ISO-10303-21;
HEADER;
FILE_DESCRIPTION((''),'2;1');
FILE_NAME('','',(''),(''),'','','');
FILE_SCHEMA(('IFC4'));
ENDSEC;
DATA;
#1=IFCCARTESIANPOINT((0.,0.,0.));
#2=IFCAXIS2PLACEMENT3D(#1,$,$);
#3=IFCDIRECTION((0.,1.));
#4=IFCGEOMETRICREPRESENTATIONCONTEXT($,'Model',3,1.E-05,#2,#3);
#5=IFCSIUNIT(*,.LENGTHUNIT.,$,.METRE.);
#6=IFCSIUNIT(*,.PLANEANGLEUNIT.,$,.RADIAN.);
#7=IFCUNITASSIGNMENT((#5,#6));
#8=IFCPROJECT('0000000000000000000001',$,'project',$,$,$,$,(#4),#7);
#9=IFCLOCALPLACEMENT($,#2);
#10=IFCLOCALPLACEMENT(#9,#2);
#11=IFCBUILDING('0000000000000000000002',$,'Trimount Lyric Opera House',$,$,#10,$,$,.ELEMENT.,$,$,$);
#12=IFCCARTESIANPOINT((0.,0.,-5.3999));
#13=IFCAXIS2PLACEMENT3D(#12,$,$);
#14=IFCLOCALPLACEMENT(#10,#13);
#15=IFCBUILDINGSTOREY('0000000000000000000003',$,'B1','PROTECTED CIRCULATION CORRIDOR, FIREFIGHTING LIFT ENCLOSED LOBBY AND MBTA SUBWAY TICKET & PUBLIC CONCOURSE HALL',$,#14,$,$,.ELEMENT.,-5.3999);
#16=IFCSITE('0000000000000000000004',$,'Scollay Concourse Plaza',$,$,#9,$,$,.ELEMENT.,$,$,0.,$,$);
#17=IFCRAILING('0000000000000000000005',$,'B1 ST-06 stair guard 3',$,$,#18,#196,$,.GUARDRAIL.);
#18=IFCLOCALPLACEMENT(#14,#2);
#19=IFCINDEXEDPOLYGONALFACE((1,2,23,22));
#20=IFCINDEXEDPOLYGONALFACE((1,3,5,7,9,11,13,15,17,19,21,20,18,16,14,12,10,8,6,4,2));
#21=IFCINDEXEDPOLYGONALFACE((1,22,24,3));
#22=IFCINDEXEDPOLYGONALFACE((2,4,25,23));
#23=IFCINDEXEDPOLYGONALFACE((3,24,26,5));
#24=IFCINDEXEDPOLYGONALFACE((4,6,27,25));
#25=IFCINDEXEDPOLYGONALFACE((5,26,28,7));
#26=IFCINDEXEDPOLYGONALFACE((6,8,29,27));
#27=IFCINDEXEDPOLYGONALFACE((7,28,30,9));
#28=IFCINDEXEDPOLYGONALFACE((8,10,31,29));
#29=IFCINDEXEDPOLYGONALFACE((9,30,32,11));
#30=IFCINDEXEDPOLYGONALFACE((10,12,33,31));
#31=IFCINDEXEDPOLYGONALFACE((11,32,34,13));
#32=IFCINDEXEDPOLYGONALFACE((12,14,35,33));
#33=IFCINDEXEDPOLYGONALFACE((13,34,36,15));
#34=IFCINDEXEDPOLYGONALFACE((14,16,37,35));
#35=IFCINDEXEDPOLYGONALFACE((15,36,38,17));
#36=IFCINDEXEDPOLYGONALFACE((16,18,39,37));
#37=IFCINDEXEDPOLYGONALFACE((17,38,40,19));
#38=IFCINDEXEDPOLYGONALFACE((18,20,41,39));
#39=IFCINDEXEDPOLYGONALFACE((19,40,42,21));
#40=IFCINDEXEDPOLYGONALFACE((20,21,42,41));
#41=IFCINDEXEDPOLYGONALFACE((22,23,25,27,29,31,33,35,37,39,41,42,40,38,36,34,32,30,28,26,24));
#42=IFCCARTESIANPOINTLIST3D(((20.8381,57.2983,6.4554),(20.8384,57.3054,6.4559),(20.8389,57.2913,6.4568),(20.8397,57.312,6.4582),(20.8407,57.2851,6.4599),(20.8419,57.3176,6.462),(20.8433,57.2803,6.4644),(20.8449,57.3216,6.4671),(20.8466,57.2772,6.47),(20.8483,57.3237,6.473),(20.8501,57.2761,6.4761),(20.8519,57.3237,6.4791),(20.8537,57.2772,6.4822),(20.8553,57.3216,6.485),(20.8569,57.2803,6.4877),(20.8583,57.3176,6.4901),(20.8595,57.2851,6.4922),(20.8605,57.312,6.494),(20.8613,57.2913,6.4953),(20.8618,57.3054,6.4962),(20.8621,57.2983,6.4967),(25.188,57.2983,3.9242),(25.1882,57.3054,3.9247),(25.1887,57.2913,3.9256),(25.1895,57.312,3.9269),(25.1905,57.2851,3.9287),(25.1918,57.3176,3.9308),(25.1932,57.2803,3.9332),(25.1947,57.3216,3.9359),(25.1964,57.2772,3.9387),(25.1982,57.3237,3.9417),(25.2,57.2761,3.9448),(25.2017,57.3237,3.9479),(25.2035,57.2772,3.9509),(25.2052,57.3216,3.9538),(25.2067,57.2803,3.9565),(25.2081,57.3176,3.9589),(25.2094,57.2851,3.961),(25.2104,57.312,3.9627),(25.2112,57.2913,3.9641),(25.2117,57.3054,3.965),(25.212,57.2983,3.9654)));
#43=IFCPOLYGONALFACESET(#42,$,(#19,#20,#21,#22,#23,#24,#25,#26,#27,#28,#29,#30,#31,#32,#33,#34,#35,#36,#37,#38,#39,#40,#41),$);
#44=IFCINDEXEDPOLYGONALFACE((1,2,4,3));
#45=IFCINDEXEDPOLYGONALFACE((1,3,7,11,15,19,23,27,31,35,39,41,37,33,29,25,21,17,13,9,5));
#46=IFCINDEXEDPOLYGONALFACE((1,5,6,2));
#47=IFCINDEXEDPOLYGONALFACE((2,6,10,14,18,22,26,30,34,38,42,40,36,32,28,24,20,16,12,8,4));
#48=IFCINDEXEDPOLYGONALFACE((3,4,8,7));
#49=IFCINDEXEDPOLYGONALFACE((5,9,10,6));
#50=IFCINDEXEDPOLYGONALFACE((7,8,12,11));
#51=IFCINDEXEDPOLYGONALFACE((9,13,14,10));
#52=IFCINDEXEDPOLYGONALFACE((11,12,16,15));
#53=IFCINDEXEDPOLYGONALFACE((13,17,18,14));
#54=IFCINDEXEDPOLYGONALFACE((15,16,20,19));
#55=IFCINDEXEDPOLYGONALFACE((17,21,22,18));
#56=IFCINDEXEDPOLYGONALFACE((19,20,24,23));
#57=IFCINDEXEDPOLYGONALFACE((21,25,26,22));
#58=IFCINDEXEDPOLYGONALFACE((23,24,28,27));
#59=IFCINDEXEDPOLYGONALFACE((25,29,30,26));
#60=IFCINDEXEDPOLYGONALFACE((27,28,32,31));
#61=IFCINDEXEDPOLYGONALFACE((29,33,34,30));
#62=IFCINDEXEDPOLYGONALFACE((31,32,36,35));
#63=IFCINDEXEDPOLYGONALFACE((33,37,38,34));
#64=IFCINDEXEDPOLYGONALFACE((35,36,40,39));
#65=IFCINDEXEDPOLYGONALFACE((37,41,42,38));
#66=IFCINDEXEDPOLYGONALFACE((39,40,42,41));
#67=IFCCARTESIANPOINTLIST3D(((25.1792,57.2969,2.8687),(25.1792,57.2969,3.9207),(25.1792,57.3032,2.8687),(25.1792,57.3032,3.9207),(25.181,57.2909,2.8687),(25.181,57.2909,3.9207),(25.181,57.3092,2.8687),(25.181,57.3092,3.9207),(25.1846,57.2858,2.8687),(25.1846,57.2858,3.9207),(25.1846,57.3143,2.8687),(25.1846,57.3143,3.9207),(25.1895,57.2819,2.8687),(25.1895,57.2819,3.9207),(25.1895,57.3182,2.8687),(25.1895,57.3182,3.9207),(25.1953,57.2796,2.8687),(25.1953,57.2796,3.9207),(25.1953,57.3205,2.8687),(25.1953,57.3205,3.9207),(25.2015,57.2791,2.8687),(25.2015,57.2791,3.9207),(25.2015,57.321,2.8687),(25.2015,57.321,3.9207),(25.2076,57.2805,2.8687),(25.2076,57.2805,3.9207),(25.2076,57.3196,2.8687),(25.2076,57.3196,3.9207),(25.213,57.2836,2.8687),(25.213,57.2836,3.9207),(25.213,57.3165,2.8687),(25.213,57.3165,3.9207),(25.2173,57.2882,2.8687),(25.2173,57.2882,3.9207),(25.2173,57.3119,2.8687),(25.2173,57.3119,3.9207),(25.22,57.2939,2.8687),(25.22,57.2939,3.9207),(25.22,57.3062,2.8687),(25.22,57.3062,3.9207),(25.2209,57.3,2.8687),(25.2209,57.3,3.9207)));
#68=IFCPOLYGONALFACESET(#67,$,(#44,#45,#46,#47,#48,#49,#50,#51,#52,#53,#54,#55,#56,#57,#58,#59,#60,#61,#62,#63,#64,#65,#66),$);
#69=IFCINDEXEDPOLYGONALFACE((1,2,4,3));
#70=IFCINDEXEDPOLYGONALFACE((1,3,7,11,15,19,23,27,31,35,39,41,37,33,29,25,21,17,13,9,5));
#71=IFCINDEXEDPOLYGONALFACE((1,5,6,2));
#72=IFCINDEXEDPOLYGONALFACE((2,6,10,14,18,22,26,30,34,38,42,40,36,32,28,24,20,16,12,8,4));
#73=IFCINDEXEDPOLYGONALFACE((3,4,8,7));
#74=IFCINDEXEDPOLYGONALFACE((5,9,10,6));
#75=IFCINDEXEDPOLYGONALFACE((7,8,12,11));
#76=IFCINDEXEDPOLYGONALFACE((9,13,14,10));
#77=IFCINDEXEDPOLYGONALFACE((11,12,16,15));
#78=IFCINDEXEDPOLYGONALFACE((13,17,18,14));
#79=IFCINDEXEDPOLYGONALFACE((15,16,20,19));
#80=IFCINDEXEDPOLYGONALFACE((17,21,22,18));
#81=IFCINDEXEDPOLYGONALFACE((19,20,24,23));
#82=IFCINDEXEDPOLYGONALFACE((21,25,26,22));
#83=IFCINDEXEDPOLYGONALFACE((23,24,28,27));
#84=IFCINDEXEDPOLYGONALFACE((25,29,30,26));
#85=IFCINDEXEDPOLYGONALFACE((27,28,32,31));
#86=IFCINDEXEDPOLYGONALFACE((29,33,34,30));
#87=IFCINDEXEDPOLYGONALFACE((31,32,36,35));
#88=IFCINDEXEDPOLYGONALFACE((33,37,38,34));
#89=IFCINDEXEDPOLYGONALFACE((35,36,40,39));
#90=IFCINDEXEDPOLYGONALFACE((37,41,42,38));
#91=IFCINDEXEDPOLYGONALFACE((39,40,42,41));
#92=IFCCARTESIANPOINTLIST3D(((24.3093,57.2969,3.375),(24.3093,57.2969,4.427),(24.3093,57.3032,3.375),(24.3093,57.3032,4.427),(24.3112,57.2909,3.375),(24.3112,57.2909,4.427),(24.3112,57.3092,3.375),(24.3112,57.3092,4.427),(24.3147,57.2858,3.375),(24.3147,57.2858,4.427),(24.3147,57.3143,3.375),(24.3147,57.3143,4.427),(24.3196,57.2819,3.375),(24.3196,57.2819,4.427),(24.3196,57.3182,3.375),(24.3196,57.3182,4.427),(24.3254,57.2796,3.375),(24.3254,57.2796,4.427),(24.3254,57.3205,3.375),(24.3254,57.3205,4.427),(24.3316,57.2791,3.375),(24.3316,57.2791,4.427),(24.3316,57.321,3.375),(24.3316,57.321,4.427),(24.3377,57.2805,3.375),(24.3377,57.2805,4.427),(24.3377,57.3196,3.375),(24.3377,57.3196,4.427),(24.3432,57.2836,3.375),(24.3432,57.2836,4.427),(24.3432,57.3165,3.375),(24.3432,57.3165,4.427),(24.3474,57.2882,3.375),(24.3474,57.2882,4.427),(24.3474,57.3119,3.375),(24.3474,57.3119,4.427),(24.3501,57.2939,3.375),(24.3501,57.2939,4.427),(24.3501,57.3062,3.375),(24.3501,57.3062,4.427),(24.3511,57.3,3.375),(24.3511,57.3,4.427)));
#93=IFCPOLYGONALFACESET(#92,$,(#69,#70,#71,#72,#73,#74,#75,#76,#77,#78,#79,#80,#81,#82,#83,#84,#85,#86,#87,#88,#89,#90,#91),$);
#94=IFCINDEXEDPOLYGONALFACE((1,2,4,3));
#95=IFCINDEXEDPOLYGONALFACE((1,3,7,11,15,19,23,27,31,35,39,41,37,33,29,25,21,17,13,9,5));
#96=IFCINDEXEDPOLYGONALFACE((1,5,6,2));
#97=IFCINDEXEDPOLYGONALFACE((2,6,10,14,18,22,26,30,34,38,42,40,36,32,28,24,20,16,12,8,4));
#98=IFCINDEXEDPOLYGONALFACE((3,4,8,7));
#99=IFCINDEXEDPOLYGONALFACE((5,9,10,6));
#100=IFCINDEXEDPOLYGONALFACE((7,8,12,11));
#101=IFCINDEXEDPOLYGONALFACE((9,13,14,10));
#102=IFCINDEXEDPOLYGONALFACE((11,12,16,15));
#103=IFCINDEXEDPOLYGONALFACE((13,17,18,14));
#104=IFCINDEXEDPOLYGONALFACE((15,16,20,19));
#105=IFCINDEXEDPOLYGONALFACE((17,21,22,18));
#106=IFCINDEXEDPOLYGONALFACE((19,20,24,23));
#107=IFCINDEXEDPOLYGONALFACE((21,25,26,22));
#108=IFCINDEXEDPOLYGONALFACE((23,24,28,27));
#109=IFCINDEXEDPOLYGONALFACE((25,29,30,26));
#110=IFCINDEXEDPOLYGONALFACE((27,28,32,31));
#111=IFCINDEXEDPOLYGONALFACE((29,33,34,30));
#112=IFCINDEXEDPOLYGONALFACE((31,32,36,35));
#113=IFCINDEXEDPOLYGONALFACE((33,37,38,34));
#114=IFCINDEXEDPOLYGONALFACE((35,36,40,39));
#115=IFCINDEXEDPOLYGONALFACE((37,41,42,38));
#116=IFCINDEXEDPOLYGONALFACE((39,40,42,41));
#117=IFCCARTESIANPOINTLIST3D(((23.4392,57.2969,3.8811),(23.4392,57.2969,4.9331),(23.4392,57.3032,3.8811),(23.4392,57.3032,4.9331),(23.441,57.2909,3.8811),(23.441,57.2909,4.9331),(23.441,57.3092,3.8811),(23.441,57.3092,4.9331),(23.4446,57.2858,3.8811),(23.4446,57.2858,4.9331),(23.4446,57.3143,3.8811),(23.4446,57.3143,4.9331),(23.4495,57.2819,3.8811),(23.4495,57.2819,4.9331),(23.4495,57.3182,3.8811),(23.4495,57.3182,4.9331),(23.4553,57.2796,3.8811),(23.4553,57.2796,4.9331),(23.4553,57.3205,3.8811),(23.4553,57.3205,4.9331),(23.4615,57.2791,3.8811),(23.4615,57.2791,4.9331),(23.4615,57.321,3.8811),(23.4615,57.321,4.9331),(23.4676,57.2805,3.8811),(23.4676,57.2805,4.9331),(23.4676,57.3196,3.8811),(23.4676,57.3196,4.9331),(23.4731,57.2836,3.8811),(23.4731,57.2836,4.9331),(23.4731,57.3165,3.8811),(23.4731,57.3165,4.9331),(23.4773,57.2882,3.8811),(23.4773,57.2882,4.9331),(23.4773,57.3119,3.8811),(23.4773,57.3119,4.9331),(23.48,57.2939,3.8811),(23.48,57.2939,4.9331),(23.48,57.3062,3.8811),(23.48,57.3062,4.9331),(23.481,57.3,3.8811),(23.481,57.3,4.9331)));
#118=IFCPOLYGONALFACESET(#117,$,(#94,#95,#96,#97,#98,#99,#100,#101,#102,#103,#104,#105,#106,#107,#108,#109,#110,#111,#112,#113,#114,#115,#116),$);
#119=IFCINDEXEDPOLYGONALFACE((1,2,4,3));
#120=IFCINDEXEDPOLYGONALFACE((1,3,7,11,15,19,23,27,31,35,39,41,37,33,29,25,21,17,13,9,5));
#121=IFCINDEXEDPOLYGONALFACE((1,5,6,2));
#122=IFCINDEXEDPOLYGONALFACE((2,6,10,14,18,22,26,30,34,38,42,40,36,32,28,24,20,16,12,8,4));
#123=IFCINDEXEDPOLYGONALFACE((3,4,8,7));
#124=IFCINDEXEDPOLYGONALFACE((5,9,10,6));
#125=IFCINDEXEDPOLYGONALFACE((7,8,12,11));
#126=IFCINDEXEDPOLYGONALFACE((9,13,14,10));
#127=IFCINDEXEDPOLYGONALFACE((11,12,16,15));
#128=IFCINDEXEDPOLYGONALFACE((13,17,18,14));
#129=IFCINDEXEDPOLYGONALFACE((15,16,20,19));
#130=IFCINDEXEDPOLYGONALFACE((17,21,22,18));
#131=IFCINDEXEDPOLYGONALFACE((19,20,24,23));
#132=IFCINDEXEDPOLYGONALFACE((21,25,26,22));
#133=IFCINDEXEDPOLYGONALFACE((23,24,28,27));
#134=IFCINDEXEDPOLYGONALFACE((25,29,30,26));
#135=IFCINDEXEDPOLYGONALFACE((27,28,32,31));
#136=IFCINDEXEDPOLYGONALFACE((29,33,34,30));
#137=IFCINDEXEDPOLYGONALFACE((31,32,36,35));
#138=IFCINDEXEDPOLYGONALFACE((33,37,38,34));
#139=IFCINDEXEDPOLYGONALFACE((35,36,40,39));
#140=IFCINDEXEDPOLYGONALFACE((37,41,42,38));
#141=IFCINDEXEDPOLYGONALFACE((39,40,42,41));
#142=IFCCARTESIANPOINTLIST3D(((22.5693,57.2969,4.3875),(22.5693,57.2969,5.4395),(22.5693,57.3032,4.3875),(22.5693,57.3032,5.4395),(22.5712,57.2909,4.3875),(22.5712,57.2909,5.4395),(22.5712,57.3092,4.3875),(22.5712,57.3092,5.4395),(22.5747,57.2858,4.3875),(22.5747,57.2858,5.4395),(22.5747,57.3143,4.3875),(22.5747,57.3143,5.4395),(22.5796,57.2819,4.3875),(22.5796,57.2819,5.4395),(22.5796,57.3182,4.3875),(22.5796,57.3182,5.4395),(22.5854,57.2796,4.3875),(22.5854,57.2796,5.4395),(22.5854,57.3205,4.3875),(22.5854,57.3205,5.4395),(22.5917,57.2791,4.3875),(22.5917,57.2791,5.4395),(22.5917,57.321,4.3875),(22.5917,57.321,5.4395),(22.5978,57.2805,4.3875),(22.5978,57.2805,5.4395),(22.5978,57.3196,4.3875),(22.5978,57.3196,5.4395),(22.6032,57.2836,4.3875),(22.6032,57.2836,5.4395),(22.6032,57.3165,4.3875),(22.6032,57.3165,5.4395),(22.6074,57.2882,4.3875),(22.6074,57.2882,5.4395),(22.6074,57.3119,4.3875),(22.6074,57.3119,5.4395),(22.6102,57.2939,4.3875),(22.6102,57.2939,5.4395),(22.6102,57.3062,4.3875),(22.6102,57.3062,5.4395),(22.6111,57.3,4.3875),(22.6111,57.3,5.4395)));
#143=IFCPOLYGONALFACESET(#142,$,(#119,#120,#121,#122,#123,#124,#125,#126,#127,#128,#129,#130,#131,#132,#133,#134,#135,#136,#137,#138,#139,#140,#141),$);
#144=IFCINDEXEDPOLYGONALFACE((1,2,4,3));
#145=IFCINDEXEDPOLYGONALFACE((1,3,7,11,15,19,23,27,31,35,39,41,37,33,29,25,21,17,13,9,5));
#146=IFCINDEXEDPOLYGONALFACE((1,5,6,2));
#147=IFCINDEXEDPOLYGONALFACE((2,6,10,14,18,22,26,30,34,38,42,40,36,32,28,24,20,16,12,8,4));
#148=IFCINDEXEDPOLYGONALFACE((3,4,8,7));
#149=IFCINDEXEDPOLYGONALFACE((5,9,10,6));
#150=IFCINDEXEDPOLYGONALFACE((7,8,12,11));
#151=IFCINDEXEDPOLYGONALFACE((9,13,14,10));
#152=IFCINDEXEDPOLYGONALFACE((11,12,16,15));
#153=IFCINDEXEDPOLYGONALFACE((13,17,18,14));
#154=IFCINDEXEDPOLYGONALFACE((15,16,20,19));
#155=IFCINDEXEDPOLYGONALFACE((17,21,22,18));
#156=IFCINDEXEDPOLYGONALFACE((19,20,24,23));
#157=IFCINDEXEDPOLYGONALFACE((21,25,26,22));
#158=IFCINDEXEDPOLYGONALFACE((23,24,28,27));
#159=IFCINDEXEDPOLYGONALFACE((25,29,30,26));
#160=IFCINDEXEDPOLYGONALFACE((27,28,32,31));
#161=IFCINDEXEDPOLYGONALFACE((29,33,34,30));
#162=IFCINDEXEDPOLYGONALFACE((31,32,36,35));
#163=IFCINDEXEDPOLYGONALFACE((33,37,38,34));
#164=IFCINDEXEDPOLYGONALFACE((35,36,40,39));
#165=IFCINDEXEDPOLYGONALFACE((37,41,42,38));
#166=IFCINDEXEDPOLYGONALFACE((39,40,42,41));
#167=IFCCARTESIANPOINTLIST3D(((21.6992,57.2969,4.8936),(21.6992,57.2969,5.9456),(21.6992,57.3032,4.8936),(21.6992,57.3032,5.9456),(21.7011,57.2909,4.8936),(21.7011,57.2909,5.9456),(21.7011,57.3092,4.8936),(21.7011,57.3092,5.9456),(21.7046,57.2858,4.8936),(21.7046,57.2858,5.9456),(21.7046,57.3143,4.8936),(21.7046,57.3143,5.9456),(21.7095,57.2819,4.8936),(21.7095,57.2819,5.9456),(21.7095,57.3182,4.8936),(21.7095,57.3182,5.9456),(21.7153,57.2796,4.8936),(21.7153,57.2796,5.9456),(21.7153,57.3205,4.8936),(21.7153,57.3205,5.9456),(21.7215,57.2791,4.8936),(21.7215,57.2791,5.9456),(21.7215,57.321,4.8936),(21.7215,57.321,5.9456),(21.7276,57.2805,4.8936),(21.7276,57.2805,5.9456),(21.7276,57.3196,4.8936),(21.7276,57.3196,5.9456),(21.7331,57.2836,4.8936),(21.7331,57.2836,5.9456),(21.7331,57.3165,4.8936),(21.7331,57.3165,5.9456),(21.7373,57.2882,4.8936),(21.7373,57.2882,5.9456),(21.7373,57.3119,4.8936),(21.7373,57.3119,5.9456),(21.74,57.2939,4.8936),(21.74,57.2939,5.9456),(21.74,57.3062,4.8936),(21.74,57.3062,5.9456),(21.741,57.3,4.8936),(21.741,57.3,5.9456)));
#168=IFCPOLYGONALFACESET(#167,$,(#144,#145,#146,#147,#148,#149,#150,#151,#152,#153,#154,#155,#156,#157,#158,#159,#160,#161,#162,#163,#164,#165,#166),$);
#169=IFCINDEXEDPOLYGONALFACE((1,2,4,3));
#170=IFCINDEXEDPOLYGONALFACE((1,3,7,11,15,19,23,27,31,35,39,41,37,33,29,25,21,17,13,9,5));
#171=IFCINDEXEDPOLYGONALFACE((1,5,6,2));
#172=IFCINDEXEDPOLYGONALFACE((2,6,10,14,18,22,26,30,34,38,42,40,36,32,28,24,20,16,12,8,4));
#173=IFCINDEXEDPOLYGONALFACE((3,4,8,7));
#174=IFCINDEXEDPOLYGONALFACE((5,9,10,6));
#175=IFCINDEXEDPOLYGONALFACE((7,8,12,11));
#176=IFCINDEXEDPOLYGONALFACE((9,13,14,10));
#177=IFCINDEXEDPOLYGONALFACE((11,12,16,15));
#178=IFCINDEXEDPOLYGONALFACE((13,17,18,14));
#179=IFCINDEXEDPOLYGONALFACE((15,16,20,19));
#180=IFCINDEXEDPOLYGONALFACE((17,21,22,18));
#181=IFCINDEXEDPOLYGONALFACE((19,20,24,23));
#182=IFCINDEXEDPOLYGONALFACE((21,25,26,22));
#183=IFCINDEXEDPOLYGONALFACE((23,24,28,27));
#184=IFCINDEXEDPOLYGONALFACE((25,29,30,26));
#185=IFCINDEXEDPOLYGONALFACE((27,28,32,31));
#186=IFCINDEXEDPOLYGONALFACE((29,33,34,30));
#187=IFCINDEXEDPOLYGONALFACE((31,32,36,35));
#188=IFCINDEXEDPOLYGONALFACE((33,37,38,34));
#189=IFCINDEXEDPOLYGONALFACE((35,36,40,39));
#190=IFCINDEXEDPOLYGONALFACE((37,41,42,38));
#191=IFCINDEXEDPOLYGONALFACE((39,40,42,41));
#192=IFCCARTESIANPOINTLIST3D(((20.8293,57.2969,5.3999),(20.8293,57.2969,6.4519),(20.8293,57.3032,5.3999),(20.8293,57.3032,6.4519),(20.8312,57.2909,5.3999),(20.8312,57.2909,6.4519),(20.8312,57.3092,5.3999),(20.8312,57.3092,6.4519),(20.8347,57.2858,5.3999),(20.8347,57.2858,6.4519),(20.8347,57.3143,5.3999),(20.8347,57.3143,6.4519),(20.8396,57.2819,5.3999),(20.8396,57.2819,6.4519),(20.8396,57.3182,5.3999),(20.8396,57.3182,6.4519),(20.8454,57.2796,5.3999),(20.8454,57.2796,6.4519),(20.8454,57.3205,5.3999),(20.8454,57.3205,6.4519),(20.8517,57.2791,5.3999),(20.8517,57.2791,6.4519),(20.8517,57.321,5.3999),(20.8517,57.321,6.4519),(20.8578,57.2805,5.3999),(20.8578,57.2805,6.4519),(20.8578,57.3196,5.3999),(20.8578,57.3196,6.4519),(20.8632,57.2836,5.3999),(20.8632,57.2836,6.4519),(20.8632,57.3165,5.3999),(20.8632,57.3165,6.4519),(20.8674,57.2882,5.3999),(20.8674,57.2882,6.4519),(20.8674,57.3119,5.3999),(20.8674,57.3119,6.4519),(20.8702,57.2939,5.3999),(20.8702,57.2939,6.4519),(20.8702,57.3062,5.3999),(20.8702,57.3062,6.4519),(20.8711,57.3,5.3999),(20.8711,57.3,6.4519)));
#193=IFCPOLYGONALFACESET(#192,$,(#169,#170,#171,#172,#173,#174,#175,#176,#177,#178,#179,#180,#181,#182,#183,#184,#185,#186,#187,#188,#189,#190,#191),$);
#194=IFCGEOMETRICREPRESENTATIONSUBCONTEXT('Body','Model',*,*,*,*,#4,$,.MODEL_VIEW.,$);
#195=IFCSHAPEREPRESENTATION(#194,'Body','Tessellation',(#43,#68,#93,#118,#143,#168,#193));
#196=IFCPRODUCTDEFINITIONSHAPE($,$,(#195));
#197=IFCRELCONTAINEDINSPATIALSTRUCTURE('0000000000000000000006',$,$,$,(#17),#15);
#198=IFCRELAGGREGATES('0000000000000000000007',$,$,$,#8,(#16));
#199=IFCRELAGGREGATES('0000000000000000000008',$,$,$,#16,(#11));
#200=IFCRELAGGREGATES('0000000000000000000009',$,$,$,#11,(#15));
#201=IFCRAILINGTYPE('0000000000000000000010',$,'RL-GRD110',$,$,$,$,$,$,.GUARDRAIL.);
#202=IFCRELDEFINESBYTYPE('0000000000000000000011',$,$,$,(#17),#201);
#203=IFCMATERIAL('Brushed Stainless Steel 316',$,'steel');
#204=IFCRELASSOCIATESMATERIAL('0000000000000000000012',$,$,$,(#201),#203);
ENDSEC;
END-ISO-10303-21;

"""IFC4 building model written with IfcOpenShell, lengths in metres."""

from ifc_helpers import new_model, si_unit, direction, frame, origin, origin_2d, place, context, subcontext, project, spatial, circle, extrude, material, type_object, element, save


model = new_model("IFC4")

# Units and contexts
model_context = context("Model", 3, precision=1e-05, world=origin(), true_north=direction((0.0, 1.0)))
body_context = subcontext(model_context, "Body", "Model", "MODEL_VIEW")
ifc_project = project(units=[si_unit("LENGTHUNIT", "METRE"), si_unit("PLANEANGLEUNIT", "RADIAN")], contexts=[model_context])

# Site, building, storey
site_placement = place(None, origin())
site = spatial("IfcSite", under=ifc_project, at=site_placement, Name="Scollay Concourse Plaza", CompositionType="ELEMENT", RefElevation=0.0)
building_placement = place(site_placement, origin())
building = spatial("IfcBuilding", under=site, at=building_placement, Name="Trimount Lyric Opera House", CompositionType="ELEMENT")
storey_placement = place(building_placement, frame((0.0, 0.0, -5.3999)))
storey = spatial("IfcBuildingStorey", under=building, at=storey_placement, Name="B1", Description="PROTECTED CIRCULATION CORRIDOR, FIREFIGHTING LIFT ENCLOSED LOBBY AND MBTA SUBWAY TICKET & PUBLIC CONCOURSE HALL", CompositionType="ELEMENT", Elevation=-5.3999)

# Railing
ifc_material_1 = material(Name="Brushed Stainless Steel 316", Category="steel")
railing_type_1 = type_object("IfcRailingType", Name="RL-GRD110", PredefinedType="GUARDRAIL", material=ifc_material_1)
railing_1_placement = place(storey_placement, frame((25.2, 57.3, 2.8687)))
element("IfcRailing", 1, at=railing_1_placement, inside=storey, type_object=railing_type_1, Name="B1 ST-06 stair guard 3", PredefinedType="GUARDRAIL", context=body_context, shape_type="SweptSolid", body=[
    extrude(circle(Radius=0.0239, at=origin_2d()), frame((0.0, 0.0, 1.0762), z_axis=(-0.864312, 0.0, 0.502957), x_axis=(0.0, -1.0, 0.0)), (0.0, 0.0, 1.0), 5.0327),
    extrude(circle(Radius=0.021, at=origin_2d()), origin(), (0.0, 0.0, 1.0), 1.052),
    extrude(circle(Radius=0.021, at=origin_2d()), frame((-0.8699, 0.0, 0.5063)), (0.0, 0.0, 1.0), 1.052),
    extrude(circle(Radius=0.021, at=origin_2d()), frame((-1.74, 0.0, 1.0125)), (0.0, 0.0, 1.0), 1.052),
    extrude(circle(Radius=0.021, at=origin_2d()), frame((-2.6099, 0.0, 1.5188)), (0.0, 0.0, 1.0), 1.052),
    extrude(circle(Radius=0.021, at=origin_2d()), frame((-3.48, 0.0, 2.0249)), (0.0, 0.0, 1.0), 1.052),
    extrude(circle(Radius=0.021, at=origin_2d()), frame((-4.3499, 0.0, 2.5312)), (0.0, 0.0, 1.0), 1.052),
])

save(model, "model.ifc")
